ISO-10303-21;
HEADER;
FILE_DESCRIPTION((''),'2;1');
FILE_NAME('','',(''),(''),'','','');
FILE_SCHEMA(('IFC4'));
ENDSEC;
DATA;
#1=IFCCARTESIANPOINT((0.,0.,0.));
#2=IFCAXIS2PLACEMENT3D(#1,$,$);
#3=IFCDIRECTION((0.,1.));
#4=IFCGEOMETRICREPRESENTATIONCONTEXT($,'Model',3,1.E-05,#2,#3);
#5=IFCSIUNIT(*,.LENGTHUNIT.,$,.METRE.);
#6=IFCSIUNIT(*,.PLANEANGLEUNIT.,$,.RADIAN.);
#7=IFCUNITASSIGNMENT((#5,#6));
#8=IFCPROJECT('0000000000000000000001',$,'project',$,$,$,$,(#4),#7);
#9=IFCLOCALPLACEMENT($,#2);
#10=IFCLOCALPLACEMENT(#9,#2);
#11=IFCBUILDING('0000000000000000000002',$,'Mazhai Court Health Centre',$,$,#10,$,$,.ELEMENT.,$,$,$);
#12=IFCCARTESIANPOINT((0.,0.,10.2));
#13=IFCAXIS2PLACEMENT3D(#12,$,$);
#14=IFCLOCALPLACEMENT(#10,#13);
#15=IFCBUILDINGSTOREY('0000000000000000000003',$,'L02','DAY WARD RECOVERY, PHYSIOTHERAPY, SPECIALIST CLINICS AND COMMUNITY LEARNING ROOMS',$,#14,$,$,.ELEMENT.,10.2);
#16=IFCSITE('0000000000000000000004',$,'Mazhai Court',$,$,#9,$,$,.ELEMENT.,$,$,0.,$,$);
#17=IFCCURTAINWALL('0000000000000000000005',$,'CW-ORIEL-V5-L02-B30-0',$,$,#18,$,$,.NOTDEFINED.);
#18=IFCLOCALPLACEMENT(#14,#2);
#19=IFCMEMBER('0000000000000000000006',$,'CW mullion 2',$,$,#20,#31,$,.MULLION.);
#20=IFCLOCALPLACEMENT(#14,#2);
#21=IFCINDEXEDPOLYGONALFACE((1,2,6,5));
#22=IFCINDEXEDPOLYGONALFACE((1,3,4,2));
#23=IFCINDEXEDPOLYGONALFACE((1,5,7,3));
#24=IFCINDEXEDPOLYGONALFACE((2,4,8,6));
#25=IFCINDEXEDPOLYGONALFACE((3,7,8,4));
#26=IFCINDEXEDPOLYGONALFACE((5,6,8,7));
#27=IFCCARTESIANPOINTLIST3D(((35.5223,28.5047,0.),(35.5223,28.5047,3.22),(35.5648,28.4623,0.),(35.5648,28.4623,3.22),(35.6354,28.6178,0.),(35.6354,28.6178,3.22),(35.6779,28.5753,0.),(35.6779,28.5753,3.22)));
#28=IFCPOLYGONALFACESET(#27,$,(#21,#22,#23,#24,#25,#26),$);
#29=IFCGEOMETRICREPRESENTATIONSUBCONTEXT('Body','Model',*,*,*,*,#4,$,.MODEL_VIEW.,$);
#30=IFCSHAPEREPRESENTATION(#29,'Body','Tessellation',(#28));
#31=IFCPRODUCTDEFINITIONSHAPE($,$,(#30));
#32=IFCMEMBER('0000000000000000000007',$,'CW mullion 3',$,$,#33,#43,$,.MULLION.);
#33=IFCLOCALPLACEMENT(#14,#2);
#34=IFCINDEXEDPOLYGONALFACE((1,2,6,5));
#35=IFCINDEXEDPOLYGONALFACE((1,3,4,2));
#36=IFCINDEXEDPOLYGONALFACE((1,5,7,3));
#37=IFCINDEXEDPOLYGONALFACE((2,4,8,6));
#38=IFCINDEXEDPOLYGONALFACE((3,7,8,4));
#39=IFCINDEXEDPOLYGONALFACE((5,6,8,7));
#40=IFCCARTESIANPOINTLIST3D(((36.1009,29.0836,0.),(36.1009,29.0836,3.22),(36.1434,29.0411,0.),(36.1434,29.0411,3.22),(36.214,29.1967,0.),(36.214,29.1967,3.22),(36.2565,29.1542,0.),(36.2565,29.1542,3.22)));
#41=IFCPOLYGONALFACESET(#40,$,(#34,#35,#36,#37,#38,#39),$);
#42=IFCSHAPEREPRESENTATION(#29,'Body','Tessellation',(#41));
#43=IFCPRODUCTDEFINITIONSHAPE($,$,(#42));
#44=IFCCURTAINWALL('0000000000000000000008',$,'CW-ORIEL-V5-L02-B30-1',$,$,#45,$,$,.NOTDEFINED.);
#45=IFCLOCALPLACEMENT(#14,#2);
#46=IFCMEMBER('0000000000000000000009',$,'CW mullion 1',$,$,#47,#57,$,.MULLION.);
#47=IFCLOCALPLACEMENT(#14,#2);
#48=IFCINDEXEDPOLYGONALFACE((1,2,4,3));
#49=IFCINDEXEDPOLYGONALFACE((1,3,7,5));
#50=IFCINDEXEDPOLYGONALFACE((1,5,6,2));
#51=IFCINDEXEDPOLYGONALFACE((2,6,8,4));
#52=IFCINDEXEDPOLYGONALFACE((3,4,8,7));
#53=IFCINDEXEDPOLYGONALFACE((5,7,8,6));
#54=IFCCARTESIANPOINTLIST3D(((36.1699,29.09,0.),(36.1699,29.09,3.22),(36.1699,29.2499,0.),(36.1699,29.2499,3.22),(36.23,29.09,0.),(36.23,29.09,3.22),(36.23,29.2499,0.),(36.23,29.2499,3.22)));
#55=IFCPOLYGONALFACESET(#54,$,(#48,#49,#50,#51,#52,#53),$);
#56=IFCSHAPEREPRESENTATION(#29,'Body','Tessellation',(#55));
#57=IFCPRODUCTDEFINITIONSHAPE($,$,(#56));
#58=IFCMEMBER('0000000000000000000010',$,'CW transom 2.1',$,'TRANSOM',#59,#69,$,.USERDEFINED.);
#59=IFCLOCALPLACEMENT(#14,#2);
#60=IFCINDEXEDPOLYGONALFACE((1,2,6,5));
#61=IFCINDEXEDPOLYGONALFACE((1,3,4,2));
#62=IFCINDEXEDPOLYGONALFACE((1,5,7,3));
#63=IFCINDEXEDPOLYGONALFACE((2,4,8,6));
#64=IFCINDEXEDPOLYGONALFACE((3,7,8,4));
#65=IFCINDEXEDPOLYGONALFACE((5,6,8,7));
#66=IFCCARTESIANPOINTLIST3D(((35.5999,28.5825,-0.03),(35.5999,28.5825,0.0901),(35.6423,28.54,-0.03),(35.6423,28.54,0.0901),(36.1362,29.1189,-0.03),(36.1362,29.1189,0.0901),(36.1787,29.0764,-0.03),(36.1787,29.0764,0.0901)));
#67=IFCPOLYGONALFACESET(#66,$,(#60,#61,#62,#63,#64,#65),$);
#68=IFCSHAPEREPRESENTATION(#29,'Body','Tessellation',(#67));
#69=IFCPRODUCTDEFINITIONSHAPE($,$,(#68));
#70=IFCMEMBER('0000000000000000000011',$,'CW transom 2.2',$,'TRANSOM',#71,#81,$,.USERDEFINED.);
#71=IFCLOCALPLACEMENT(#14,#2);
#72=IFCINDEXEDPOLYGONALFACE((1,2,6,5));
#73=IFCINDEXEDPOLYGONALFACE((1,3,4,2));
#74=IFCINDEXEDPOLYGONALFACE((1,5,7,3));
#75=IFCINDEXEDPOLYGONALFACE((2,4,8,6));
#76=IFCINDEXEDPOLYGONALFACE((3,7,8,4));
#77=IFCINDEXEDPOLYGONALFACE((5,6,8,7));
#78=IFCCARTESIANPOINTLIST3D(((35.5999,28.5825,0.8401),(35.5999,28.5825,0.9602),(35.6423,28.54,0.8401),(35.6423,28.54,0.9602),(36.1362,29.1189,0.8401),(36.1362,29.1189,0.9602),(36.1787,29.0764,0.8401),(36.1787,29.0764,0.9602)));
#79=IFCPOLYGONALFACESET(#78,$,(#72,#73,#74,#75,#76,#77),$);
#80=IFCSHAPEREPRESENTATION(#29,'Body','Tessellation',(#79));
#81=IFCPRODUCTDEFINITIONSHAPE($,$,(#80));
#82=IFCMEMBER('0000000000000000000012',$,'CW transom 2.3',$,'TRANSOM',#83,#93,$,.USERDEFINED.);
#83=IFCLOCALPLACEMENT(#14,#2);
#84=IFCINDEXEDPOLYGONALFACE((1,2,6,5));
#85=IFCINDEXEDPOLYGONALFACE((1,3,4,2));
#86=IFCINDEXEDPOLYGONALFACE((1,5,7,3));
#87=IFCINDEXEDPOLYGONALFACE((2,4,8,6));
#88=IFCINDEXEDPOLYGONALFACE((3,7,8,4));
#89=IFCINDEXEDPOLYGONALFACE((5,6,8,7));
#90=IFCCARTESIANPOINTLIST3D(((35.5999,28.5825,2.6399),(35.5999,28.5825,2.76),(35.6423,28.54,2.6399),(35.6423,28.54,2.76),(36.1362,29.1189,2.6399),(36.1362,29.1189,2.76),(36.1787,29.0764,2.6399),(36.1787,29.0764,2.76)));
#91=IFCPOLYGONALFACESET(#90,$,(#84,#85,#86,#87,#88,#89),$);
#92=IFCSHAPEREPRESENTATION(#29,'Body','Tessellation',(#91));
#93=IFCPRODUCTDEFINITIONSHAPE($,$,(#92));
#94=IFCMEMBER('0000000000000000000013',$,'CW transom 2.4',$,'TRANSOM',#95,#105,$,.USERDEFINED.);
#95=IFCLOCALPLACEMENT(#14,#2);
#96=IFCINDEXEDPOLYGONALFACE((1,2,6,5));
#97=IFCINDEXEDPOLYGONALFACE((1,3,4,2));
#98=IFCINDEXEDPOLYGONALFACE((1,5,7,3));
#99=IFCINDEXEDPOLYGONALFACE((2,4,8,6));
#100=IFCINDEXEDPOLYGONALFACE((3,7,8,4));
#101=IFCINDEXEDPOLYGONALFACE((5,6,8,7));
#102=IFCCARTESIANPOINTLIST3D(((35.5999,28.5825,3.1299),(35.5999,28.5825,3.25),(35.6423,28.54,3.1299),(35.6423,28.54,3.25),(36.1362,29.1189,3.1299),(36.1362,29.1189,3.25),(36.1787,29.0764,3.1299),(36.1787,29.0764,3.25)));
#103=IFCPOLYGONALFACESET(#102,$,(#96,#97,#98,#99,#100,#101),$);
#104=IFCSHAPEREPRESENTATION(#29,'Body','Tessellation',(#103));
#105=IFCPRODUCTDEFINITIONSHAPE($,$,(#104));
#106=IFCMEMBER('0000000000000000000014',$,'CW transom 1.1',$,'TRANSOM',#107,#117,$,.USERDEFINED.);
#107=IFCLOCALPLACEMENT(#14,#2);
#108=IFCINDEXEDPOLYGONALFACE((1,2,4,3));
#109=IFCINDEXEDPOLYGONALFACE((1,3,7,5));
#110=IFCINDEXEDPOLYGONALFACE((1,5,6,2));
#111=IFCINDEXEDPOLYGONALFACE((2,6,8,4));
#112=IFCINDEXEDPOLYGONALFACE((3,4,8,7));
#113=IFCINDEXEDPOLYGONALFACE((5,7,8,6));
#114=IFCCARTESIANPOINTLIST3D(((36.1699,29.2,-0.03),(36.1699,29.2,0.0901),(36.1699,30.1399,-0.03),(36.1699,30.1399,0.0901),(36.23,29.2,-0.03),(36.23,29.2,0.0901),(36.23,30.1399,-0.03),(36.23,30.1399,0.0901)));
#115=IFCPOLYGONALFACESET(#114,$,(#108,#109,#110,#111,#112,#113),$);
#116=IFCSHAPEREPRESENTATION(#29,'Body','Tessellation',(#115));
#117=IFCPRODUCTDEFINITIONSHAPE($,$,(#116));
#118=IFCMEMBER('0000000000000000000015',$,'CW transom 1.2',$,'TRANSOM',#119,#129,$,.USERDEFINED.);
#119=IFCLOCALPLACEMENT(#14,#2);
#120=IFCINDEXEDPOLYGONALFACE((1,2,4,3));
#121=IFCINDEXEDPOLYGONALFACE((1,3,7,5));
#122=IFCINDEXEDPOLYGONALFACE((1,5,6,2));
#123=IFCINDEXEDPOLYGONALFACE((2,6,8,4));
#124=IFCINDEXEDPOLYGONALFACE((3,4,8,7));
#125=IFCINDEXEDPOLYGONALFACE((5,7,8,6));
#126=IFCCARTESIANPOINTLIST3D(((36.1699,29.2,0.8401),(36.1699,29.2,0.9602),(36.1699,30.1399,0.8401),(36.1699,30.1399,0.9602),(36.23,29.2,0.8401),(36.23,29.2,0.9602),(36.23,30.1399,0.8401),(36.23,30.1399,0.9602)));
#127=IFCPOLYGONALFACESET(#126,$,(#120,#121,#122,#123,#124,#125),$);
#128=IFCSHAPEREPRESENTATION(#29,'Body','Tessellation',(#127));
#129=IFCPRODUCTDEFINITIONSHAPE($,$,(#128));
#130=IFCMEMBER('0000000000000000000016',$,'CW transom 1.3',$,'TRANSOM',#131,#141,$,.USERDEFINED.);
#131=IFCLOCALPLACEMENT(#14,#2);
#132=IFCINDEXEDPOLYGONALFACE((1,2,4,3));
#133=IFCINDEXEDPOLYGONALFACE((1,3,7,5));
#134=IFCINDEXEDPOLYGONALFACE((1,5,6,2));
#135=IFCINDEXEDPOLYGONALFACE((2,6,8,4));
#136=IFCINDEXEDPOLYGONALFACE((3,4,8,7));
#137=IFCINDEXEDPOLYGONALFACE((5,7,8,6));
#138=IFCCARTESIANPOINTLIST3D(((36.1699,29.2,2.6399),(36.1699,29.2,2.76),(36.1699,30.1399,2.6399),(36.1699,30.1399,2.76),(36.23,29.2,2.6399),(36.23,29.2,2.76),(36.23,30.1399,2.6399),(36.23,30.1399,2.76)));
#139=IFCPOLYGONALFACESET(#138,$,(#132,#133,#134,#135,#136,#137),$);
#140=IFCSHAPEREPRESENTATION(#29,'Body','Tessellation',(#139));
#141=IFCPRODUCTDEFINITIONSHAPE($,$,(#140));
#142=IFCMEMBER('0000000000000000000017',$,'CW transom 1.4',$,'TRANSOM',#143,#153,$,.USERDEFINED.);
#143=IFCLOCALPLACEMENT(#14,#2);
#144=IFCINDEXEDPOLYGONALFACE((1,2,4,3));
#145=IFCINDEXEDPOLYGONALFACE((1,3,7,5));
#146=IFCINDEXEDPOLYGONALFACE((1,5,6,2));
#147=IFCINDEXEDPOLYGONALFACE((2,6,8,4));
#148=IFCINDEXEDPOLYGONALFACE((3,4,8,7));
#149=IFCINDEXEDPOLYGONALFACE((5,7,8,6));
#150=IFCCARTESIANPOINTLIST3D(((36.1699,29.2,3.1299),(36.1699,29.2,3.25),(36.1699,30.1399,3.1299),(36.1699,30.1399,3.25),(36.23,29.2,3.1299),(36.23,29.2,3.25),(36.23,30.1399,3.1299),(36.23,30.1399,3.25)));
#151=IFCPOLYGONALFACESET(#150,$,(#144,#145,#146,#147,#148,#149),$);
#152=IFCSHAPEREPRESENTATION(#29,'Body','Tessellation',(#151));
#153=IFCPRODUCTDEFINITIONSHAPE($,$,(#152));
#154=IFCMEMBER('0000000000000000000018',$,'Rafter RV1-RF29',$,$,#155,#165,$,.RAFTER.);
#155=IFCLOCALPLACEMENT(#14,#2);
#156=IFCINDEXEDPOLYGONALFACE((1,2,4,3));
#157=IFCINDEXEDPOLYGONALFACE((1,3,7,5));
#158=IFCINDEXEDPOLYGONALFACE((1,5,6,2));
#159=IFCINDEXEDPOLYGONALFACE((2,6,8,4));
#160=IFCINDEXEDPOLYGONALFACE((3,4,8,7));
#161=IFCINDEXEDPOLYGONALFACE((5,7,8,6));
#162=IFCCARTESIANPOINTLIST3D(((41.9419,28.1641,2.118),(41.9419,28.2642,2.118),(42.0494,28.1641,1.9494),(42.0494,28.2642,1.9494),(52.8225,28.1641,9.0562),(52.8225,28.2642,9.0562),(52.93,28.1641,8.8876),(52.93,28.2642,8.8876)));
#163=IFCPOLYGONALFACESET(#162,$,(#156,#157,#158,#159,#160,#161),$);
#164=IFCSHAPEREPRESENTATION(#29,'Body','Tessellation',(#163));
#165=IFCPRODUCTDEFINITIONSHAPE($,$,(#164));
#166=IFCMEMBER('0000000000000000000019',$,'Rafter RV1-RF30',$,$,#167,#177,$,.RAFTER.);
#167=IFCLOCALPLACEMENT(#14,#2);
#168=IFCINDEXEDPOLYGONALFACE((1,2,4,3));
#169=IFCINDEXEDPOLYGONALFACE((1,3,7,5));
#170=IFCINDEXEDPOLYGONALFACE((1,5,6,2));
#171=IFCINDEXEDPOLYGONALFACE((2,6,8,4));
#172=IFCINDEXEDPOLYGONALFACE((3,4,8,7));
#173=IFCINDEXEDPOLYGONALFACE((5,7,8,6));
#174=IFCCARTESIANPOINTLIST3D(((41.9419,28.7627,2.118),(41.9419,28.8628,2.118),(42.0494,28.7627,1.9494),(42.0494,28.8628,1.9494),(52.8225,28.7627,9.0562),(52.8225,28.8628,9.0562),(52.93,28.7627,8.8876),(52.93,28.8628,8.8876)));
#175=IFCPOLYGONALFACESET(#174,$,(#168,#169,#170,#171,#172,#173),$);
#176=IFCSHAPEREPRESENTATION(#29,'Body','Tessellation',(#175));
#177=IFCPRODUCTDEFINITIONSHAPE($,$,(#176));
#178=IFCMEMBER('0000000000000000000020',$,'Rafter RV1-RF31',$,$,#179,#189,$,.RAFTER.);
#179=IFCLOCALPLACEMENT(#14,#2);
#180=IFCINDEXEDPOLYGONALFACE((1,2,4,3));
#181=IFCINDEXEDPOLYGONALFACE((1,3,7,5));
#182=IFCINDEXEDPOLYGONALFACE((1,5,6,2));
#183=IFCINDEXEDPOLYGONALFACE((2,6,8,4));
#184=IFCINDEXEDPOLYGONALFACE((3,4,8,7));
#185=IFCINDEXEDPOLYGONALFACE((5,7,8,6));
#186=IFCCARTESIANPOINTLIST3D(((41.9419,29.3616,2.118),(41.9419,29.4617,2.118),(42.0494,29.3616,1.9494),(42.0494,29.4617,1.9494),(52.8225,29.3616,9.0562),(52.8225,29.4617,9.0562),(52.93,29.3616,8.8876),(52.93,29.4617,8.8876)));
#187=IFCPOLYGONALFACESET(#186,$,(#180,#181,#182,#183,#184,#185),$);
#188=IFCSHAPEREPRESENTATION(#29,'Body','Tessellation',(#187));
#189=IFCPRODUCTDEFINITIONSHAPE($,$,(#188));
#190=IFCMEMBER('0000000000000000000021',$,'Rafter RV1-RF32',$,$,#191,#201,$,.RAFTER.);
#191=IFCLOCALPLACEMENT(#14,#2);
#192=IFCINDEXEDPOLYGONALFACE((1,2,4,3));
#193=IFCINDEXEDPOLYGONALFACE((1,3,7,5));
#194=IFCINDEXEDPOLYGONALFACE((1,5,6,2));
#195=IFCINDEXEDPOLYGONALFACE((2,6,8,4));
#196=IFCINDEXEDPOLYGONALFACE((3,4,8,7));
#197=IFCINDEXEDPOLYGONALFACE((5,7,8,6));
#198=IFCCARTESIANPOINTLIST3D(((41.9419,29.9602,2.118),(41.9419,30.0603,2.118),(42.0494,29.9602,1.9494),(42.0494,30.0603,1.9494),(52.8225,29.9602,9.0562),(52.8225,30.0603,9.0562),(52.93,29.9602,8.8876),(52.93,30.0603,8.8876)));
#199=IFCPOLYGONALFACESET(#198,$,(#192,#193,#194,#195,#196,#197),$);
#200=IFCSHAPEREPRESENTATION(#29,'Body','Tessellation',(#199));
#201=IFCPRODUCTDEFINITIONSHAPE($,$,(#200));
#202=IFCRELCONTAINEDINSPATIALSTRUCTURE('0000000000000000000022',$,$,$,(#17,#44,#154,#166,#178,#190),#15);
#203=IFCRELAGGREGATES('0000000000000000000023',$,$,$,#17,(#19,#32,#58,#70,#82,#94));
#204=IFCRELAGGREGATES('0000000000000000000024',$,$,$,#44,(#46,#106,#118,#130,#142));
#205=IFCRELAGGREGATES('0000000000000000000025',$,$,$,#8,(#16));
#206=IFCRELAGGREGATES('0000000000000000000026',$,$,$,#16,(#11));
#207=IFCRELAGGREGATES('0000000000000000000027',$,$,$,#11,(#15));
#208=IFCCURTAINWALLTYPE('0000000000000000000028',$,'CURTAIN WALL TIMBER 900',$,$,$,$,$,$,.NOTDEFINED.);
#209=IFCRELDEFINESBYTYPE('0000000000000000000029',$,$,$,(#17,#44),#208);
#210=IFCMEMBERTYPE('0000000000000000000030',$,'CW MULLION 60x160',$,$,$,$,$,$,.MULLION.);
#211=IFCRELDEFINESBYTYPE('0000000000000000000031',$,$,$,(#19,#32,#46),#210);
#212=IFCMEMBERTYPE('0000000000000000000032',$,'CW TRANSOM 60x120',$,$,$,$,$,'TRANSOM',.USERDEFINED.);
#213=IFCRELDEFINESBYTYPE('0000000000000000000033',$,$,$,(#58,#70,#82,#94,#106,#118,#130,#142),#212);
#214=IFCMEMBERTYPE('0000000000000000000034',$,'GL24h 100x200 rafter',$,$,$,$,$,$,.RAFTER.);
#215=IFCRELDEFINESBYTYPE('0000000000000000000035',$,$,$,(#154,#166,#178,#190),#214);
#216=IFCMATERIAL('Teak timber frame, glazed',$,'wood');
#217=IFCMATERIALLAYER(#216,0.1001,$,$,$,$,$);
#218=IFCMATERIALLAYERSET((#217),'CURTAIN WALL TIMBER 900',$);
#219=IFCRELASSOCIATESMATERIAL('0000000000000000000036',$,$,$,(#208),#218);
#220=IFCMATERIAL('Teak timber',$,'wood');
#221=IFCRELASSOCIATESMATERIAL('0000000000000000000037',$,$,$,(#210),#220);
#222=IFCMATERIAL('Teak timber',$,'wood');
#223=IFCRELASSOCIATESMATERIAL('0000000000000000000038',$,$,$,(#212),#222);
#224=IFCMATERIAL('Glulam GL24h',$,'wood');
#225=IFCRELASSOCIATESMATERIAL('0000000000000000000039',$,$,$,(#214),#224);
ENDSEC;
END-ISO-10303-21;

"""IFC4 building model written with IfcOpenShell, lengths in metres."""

from ifc_helpers import new_model, si_unit, direction, frame, origin, origin_2d, place, context, subcontext, project, spatial, rectangle, extrude, material, layer, layer_set, material_profile, profile_set, type_object, element, aggregate, save


model = new_model("IFC4")

# Units and contexts
model_context = context("Model", 3, precision=1e-05, world=origin(), true_north=direction((0.0, 1.0)))
body_context = subcontext(model_context, "Body", "Model", "MODEL_VIEW")
ifc_project = project(units=[si_unit("LENGTHUNIT", "METRE"), si_unit("PLANEANGLEUNIT", "RADIAN")], contexts=[model_context])

# Site, building, storey
site_placement = place(None, origin())
site = spatial("IfcSite", under=ifc_project, at=site_placement, Name="Mazhai Court", CompositionType="ELEMENT", RefElevation=0.0)
building_placement = place(site_placement, origin())
building = spatial("IfcBuilding", under=site, at=building_placement, Name="Mazhai Court Health Centre", CompositionType="ELEMENT")
storey_placement = place(building_placement, frame((0.0, 0.0, 10.2)))
storey = spatial("IfcBuildingStorey", under=building, at=storey_placement, Name="L02", Description="DAY WARD RECOVERY, PHYSIOTHERAPY, SPECIALIST CLINICS AND COMMUNITY LEARNING ROOMS", CompositionType="ELEMENT", Elevation=10.2)

# Curtain wall, members
ifc_material_1 = material(Name="Teak timber frame, glazed", Category="wood")
ifc_layer_1 = layer(ifc_material_1, 0.1001)
ifc_layer_set_1 = layer_set([ifc_layer_1], Name="CURTAIN WALL TIMBER 900")
curtain_wall_type = type_object("IfcCurtainWallType", Name="CURTAIN WALL TIMBER 900", PredefinedType="NOTDEFINED", material=ifc_layer_set_1)
curtain_wall_1_placement = place(storey_placement, origin())
curtain_wall_1 = element("IfcCurtainWall", 1, at=curtain_wall_1_placement, inside=storey, type_object=curtain_wall_type, Name="CW-ORIEL-V5-L02-B30-0", PredefinedType="NOTDEFINED")
ifc_material_2 = material(Name="Teak timber", Category="wood")
ifc_material_profile_1 = material_profile(ifc_material_2, rectangle(XDim=0.0601, YDim=0.1599, at=origin_2d()), Name="CW MULLION 60x160")
ifc_profile_set_1 = profile_set([ifc_material_profile_1], Name="Teak timber")
member_type_1 = type_object("IfcMemberType", Name="CW MULLION 60x160", PredefinedType="MULLION", material=ifc_profile_set_1)
member_1_placement = place(storey_placement, frame((35.6001, 28.54, 0.0), z_axis=(0.0, 0.0, 1.0), x_axis=(-0.707107, 0.707107, 0.0)))
member_1 = element("IfcMember", 2, at=member_1_placement, type_object=member_type_1, Name="CW mullion 2", PredefinedType="MULLION", context=body_context, shape_type="SweptSolid", body=[
    extrude(rectangle(XDim=0.0601, YDim=0.1599, at=origin_2d()), origin(), (0.0, 0.0, 1.0), 3.22),
])
member_2_placement = place(storey_placement, frame((36.1787, 29.1189, 0.0), z_axis=(0.0, 0.0, 1.0), x_axis=(-0.707107, 0.707107, 0.0)))
member_2 = element("IfcMember", 3, at=member_2_placement, type_object=member_type_1, Name="CW mullion 3", PredefinedType="MULLION", context=body_context, shape_type="SweptSolid", body=[
    extrude(rectangle(XDim=0.0601, YDim=0.1599, at=origin_2d()), origin(), (0.0, 0.0, 1.0), 3.22),
])

# Curtain wall, member
curtain_wall_2_placement = place(storey_placement, origin())
curtain_wall_2 = element("IfcCurtainWall", 4, at=curtain_wall_2_placement, inside=storey, type_object=curtain_wall_type, Name="CW-ORIEL-V5-L02-B30-1", PredefinedType="NOTDEFINED")
member_3_placement = place(storey_placement, frame((36.2, 29.1699, 0.0), z_axis=(0.0, 0.0, 1.0), x_axis=(-1.0, 0.0, 0.0)))
member_3 = element("IfcMember", 5, at=member_3_placement, type_object=member_type_1, Name="CW mullion 1", PredefinedType="MULLION", context=body_context, shape_type="SweptSolid", body=[
    extrude(rectangle(XDim=0.0601, YDim=0.1599, at=origin_2d()), origin(), (0.0, 0.0, 1.0), 3.22),
])

# Members
ifc_material_3 = material(Name="Teak timber", Category="wood")
ifc_material_profile_2 = material_profile(ifc_material_3, rectangle(XDim=0.0601, YDim=0.1201, at=origin_2d()), Name="CW TRANSOM 60x120")
ifc_profile_set_2 = profile_set([ifc_material_profile_2], Name="Teak timber")
member_type_2 = type_object("IfcMemberType", Name="CW TRANSOM 60x120", ElementType="TRANSOM", PredefinedType="USERDEFINED", material=ifc_profile_set_2)
member_4_placement = place(storey_placement, frame((35.6211, 28.5613, 0.03), z_axis=(0.707107, 0.707107, 0.0), x_axis=(-0.707107, 0.707107, 0.0)))
member_4 = element("IfcMember", 6, at=member_4_placement, type_object=member_type_2, Name="CW transom 2.1", ObjectType="TRANSOM", PredefinedType="USERDEFINED", context=body_context, shape_type="SweptSolid", body=[
    extrude(rectangle(XDim=0.0601, YDim=0.1201, at=origin_2d()), origin(), (0.0, 0.0, 1.0), 0.7585),
])
member_5_placement = place(storey_placement, frame((35.6211, 28.5613, 0.9001), z_axis=(0.707107, 0.707107, 0.0), x_axis=(-0.707107, 0.707107, 0.0)))
member_5 = element("IfcMember", 7, at=member_5_placement, type_object=member_type_2, Name="CW transom 2.2", ObjectType="TRANSOM", PredefinedType="USERDEFINED", context=body_context, shape_type="SweptSolid", body=[
    extrude(rectangle(XDim=0.0601, YDim=0.1201, at=origin_2d()), origin(), (0.0, 0.0, 1.0), 0.7585),
])
member_6_placement = place(storey_placement, frame((35.6211, 28.5613, 2.7), z_axis=(0.707107, 0.707107, 0.0), x_axis=(-0.707107, 0.707107, 0.0)))
member_6 = element("IfcMember", 8, at=member_6_placement, type_object=member_type_2, Name="CW transom 2.3", ObjectType="TRANSOM", PredefinedType="USERDEFINED", context=body_context, shape_type="SweptSolid", body=[
    extrude(rectangle(XDim=0.0601, YDim=0.1201, at=origin_2d()), origin(), (0.0, 0.0, 1.0), 0.7585),
])
member_7_placement = place(storey_placement, frame((35.6211, 28.5613, 3.1899), z_axis=(0.707107, 0.707107, 0.0), x_axis=(-0.707107, 0.707107, 0.0)))
member_7 = element("IfcMember", 9, at=member_7_placement, type_object=member_type_2, Name="CW transom 2.4", ObjectType="TRANSOM", PredefinedType="USERDEFINED", context=body_context, shape_type="SweptSolid", body=[
    extrude(rectangle(XDim=0.0601, YDim=0.1201, at=origin_2d()), origin(), (0.0, 0.0, 1.0), 0.7585),
])
member_8_placement = place(storey_placement, frame((36.2, 29.2, 0.03), z_axis=(0.0, 1.0, 0.0), x_axis=(-1.0, 0.0, 0.0)))
member_8 = element("IfcMember", 10, at=member_8_placement, type_object=member_type_2, Name="CW transom 1.1", ObjectType="TRANSOM", PredefinedType="USERDEFINED", context=body_context, shape_type="SweptSolid", body=[
    extrude(rectangle(XDim=0.0601, YDim=0.1201, at=origin_2d()), origin(), (0.0, 0.0, 1.0), 0.9399),
])
member_9_placement = place(storey_placement, frame((36.2, 29.2, 0.9001), z_axis=(0.0, 1.0, 0.0), x_axis=(-1.0, 0.0, 0.0)))
member_9 = element("IfcMember", 11, at=member_9_placement, type_object=member_type_2, Name="CW transom 1.2", ObjectType="TRANSOM", PredefinedType="USERDEFINED", context=body_context, shape_type="SweptSolid", body=[
    extrude(rectangle(XDim=0.0601, YDim=0.1201, at=origin_2d()), origin(), (0.0, 0.0, 1.0), 0.9399),
])
member_10_placement = place(storey_placement, frame((36.2, 29.2, 2.7), z_axis=(0.0, 1.0, 0.0), x_axis=(-1.0, 0.0, 0.0)))
member_10 = element("IfcMember", 12, at=member_10_placement, type_object=member_type_2, Name="CW transom 1.3", ObjectType="TRANSOM", PredefinedType="USERDEFINED", context=body_context, shape_type="SweptSolid", body=[
    extrude(rectangle(XDim=0.0601, YDim=0.1201, at=origin_2d()), origin(), (0.0, 0.0, 1.0), 0.9399),
])
member_11_placement = place(storey_placement, frame((36.2, 29.2, 3.1899), z_axis=(0.0, 1.0, 0.0), x_axis=(-1.0, 0.0, 0.0)))
member_11 = element("IfcMember", 13, at=member_11_placement, type_object=member_type_2, Name="CW transom 1.4", ObjectType="TRANSOM", PredefinedType="USERDEFINED", context=body_context, shape_type="SweptSolid", body=[
    extrude(rectangle(XDim=0.0601, YDim=0.1201, at=origin_2d()), origin(), (0.0, 0.0, 1.0), 0.9399),
])

# Members
ifc_material_4 = material(Name="Glulam GL24h", Category="wood")
ifc_material_profile_3 = material_profile(ifc_material_4, rectangle(XDim=0.1001, YDim=0.2, at=origin_2d()), Name="GL24h 100x200")
ifc_profile_set_3 = profile_set([ifc_material_profile_3], Name="Glulam GL24h")
member_type_3 = type_object("IfcMemberType", Name="GL24h 100x200 rafter", PredefinedType="RAFTER", material=ifc_profile_set_3)
for number, where, z_axis, x_axis, name in (
    (14, (41.9956, 28.2141, 2.0337), (0.843163, 0.0, 0.537659), (0.0, 1.0, 0.0), "Rafter RV1-RF29"),
    (15, (41.9956, 28.8127, 2.0337), (0.843163, 0.0, 0.537659), (0.0, 1.0, 0.0), "Rafter RV1-RF30"),
    (16, (41.9956, 29.4116, 2.0337), (0.843163, 0.0, 0.537659), (0.0, 1.0, 0.0), "Rafter RV1-RF31"),
    (17, (41.9956, 30.0103, 2.0337), (0.843163, 0.0, 0.537659), (0.0, 1.0, 0.0), "Rafter RV1-RF32"),
):
    element("IfcMember", number, at=place(storey_placement, frame(where, z_axis=z_axis, x_axis=x_axis)), inside=storey, type_object=member_type_3, Name=name, PredefinedType="RAFTER", context=body_context, shape_type="SweptSolid", body=[
        extrude(rectangle(XDim=0.1001, YDim=0.2, at=origin_2d()), origin(), (0.0, 0.0, 1.0), 12.9045),
    ])

aggregate(curtain_wall_1, [member_1, member_2, member_4, member_5, member_6, member_7])
aggregate(curtain_wall_2, [member_3, member_8, member_9, member_10, member_11])

save(model, "model.ifc")
